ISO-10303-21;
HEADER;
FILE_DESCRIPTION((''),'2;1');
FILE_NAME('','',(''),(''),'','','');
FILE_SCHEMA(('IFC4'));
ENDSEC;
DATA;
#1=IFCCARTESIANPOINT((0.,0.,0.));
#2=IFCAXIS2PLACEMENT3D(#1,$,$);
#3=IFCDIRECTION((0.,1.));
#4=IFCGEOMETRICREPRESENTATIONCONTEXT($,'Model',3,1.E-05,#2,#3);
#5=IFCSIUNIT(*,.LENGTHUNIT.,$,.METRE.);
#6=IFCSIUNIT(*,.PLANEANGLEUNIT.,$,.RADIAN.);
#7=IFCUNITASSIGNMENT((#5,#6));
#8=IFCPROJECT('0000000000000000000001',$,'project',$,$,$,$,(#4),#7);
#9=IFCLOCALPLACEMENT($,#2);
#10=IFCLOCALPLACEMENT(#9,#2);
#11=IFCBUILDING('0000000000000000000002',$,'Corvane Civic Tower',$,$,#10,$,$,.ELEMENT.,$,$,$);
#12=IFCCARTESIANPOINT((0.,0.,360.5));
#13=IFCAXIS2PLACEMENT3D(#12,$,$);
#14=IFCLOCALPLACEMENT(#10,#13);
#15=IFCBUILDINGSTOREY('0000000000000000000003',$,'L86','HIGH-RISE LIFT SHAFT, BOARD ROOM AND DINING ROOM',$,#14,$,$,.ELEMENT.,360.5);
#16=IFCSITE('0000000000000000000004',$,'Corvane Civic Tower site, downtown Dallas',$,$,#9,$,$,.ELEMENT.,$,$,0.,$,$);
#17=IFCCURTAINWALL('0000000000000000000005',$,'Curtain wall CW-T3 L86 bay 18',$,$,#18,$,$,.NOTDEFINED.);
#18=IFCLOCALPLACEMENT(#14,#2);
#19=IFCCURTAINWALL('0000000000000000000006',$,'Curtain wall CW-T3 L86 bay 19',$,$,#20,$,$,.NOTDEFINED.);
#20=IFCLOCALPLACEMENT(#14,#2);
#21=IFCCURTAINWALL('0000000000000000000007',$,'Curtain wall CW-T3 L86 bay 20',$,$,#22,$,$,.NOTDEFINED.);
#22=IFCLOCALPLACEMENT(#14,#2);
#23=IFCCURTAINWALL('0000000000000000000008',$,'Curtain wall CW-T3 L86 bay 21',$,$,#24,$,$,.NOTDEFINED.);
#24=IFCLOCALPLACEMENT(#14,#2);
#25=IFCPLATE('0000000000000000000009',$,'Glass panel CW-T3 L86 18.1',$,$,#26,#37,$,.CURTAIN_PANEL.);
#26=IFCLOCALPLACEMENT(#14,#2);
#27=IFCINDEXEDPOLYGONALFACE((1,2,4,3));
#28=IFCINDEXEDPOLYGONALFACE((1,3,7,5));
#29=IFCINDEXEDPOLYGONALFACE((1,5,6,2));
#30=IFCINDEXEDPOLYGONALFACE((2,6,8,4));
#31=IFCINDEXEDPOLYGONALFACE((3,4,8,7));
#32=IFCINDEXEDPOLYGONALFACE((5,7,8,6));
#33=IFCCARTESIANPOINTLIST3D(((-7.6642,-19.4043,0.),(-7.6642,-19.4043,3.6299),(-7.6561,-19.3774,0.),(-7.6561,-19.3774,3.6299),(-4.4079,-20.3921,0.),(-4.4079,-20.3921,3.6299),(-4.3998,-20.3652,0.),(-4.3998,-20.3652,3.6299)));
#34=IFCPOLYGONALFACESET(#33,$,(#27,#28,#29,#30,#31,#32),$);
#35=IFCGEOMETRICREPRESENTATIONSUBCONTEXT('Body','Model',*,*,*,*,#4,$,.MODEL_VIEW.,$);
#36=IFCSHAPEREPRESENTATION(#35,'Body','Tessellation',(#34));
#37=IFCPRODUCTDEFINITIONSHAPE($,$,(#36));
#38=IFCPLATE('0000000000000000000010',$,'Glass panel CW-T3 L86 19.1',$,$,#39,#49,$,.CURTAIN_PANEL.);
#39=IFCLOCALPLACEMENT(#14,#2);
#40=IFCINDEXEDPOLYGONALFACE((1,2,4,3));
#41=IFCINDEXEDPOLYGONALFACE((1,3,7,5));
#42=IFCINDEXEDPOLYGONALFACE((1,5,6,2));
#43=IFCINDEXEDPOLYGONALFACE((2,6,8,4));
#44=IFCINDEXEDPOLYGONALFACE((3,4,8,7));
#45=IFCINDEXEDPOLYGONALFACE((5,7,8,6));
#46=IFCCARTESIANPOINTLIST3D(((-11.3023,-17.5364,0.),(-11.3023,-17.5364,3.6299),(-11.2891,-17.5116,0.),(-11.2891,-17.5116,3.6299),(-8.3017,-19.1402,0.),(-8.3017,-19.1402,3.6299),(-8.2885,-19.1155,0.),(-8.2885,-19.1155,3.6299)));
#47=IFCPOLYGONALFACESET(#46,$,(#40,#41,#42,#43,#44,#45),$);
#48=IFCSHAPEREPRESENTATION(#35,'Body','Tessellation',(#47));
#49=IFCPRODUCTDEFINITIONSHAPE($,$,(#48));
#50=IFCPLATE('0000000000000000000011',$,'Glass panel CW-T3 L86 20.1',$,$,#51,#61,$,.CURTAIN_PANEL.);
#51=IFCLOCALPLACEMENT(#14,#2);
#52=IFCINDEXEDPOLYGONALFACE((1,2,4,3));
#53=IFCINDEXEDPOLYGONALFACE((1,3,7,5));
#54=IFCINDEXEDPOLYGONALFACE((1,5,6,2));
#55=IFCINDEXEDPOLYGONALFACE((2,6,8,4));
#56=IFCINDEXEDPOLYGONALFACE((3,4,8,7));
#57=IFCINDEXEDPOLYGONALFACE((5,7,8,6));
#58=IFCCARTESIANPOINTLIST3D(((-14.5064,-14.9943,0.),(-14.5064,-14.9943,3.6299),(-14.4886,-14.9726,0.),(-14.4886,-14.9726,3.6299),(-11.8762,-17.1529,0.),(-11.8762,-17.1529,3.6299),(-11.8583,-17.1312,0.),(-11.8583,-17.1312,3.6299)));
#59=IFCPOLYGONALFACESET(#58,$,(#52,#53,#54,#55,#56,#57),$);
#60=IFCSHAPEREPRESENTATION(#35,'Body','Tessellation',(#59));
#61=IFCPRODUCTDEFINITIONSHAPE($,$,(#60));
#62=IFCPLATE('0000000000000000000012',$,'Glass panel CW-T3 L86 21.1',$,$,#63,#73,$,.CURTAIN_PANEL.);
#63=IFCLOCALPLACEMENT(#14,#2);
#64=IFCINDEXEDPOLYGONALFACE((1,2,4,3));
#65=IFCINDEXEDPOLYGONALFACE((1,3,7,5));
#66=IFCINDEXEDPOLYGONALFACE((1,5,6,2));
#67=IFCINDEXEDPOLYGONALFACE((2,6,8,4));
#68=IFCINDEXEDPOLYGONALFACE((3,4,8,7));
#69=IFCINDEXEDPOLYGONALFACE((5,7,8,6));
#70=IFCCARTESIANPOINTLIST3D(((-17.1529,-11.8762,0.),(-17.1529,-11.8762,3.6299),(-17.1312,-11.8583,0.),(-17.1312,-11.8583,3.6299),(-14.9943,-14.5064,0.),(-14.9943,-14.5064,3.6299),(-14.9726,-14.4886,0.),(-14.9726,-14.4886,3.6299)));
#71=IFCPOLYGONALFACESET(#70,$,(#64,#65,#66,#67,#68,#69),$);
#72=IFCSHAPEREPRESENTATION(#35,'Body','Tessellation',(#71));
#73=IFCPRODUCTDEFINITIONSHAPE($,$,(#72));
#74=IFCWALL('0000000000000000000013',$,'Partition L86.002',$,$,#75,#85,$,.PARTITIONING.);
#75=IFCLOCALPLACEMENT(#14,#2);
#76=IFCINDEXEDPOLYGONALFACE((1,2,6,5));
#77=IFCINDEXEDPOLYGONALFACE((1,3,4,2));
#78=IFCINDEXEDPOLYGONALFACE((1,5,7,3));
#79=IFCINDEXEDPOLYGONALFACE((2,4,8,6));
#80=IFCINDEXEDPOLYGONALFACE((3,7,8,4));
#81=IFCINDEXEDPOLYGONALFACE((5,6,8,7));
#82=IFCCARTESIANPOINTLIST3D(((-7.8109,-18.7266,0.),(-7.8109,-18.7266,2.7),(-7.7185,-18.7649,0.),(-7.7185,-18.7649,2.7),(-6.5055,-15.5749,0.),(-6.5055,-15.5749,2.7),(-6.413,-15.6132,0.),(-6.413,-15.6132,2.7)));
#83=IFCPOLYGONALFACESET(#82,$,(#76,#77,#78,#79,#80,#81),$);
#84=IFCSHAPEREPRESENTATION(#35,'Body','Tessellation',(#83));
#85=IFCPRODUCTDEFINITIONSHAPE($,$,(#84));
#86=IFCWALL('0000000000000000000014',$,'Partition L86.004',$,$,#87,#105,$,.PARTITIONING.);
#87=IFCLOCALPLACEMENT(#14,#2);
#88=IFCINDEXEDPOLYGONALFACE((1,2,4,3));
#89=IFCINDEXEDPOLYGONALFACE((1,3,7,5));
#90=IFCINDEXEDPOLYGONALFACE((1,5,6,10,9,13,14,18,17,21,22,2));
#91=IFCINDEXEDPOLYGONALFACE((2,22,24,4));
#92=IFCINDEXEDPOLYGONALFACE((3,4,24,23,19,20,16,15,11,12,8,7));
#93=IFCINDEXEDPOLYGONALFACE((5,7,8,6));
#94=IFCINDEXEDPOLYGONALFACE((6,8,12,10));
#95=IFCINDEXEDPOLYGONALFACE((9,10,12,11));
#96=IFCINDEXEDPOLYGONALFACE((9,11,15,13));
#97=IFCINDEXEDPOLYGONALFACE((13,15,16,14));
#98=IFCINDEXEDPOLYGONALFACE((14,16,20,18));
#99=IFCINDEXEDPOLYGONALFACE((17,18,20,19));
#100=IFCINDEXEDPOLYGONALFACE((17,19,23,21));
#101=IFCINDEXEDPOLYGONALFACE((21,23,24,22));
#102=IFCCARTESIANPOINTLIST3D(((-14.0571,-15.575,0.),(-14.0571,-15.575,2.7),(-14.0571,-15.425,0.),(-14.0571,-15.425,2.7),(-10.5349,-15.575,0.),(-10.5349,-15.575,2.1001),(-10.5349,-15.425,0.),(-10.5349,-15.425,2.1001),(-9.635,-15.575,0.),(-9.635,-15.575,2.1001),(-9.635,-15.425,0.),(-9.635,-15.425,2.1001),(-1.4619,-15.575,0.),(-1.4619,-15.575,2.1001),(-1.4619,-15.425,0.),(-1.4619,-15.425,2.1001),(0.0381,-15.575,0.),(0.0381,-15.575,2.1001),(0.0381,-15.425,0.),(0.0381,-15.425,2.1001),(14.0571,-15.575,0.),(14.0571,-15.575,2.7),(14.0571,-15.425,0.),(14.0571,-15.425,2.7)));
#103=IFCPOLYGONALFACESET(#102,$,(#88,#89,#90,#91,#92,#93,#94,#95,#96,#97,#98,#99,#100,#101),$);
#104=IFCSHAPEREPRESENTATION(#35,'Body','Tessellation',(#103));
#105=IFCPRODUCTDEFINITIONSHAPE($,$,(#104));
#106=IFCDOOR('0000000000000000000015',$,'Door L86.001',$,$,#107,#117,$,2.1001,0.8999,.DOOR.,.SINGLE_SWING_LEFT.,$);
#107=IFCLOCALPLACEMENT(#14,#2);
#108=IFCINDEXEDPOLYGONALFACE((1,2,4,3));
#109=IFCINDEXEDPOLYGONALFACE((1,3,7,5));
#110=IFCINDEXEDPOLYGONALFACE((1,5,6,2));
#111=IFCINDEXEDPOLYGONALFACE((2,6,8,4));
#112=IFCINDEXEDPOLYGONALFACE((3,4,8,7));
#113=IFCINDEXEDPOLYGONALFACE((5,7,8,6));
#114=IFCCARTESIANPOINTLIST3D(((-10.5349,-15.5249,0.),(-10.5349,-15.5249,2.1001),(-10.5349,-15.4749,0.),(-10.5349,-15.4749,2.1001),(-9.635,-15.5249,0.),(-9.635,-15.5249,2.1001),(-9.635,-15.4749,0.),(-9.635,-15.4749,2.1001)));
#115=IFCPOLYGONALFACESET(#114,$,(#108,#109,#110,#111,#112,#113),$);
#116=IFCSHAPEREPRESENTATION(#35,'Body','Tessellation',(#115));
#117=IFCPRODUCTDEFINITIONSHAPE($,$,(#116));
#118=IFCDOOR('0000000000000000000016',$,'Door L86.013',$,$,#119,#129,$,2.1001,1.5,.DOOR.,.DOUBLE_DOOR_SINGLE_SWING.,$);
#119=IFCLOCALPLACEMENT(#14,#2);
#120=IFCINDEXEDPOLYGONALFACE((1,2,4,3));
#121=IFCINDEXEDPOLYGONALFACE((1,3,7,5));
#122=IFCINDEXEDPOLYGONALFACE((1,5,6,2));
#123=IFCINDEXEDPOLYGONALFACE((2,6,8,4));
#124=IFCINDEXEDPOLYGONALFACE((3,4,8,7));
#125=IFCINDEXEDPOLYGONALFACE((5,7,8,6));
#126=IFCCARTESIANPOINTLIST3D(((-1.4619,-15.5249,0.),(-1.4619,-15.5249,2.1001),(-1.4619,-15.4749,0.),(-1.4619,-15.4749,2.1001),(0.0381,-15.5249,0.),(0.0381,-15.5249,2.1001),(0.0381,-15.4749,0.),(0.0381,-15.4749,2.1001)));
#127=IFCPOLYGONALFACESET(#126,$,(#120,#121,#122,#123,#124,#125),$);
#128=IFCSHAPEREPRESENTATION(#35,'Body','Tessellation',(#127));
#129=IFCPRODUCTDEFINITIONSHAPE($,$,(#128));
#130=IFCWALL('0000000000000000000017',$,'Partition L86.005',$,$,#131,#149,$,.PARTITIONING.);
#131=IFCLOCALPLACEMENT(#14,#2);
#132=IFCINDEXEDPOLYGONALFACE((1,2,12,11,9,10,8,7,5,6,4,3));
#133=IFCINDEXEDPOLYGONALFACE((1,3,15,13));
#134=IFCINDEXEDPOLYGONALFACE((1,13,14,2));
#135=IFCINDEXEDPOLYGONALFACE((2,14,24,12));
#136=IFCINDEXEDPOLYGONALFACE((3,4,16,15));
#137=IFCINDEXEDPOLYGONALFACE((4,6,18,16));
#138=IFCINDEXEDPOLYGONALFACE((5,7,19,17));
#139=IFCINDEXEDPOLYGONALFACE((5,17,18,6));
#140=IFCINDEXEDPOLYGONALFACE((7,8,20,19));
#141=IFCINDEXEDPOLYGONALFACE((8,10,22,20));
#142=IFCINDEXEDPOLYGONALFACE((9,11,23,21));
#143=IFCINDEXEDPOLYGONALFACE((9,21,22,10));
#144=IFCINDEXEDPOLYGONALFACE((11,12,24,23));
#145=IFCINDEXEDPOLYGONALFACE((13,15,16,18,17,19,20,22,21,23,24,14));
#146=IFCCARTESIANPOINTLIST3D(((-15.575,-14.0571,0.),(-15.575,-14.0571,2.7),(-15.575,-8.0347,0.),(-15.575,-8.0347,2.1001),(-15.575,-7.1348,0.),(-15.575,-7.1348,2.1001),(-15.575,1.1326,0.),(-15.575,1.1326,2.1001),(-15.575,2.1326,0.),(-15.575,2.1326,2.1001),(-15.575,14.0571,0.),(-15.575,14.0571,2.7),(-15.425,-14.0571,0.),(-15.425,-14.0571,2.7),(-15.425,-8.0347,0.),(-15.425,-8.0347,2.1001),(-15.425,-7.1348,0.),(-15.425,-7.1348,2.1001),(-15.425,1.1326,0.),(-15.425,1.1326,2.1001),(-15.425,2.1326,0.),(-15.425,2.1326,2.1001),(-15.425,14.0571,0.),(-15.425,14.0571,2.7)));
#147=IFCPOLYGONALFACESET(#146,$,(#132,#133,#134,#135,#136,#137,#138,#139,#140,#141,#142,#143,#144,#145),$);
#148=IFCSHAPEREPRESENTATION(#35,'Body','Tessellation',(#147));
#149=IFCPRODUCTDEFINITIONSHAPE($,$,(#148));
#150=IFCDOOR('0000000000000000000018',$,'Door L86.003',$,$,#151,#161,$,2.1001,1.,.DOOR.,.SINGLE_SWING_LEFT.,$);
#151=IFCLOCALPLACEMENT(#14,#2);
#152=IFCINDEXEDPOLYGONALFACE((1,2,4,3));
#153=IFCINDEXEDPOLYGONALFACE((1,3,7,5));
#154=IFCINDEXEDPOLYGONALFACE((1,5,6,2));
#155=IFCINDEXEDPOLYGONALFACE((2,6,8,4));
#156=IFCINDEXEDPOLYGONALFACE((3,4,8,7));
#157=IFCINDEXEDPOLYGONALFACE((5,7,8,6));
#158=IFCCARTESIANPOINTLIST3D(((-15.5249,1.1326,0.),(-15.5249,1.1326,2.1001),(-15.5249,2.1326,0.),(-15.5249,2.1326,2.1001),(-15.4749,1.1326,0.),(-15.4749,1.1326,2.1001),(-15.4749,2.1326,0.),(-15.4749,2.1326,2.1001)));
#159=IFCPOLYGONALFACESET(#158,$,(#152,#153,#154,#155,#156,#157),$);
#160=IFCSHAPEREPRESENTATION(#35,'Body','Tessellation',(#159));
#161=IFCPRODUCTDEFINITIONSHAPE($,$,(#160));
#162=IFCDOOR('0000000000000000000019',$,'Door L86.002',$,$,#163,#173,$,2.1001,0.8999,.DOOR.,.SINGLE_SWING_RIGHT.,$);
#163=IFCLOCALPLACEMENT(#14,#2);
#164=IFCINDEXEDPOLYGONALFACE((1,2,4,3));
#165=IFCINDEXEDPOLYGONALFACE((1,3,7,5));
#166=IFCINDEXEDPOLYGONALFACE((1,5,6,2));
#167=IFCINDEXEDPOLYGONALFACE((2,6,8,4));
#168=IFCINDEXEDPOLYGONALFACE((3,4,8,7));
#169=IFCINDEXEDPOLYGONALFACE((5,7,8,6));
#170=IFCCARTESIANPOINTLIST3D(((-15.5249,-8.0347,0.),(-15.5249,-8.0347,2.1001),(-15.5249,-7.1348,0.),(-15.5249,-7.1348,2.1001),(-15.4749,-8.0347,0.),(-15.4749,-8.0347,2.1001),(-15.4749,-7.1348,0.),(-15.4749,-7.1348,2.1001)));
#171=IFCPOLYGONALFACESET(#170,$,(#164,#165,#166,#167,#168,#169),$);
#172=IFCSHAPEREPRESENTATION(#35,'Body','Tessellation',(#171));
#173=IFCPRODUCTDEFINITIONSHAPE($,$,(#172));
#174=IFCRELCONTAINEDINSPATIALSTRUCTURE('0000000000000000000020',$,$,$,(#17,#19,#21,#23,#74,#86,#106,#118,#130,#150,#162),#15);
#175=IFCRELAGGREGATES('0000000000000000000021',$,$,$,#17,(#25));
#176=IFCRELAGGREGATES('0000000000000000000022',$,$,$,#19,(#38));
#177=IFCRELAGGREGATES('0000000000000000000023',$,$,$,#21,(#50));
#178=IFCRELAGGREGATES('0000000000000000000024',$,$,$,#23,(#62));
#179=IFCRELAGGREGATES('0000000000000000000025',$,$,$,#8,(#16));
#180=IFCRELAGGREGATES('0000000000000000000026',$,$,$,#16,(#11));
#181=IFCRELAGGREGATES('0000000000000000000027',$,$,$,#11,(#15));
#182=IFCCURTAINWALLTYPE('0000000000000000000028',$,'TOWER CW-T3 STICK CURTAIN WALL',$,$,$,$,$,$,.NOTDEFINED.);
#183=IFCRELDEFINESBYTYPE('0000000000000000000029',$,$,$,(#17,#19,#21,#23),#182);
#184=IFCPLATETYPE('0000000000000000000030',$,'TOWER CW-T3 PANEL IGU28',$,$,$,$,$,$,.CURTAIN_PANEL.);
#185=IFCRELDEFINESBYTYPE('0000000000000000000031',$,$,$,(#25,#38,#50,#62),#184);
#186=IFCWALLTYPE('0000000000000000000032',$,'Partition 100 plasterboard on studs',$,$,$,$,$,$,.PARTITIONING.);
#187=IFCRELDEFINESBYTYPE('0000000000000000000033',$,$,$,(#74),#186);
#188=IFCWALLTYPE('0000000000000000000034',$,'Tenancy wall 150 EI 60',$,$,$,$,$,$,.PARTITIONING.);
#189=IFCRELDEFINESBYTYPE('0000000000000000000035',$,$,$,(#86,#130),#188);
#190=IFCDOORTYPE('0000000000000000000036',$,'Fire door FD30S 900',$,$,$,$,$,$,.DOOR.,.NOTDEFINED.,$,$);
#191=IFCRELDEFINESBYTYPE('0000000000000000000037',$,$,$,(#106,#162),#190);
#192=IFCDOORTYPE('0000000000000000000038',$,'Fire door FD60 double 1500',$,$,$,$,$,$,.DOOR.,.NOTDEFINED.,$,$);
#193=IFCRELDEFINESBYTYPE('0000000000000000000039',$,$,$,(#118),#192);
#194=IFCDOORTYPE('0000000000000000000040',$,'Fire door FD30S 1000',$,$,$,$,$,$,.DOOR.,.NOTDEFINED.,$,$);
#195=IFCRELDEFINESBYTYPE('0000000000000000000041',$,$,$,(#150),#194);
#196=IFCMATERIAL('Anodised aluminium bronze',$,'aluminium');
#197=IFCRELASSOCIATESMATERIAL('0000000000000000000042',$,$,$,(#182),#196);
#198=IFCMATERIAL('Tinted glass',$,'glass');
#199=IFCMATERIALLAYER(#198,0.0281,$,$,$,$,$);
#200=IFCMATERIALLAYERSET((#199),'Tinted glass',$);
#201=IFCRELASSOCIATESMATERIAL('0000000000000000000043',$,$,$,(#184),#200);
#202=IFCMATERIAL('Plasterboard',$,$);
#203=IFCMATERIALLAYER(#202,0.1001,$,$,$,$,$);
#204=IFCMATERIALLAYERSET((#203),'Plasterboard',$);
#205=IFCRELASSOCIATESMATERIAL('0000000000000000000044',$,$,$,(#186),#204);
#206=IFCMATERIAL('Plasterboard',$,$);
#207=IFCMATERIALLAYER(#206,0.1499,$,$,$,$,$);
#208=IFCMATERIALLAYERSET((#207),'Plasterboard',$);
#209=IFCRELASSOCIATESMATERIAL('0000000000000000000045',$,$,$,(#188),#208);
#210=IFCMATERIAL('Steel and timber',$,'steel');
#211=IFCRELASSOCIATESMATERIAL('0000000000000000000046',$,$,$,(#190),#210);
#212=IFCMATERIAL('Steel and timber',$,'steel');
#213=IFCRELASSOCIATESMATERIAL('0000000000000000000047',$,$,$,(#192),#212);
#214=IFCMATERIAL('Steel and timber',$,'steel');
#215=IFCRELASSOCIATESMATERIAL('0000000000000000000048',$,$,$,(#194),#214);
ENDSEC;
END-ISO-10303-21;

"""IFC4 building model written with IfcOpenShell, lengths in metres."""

from ifc_helpers import new_model, si_unit, direction, frame, frame_2d, origin, origin_2d, place, context, subcontext, project, spatial, rectangle, extrude, material, layer, layer_set, type_object, element, fill, aggregate, save


model = new_model("IFC4")

# Units and contexts
model_context = context("Model", 3, precision=1e-05, world=origin(), true_north=direction((0.0, 1.0)))
body_context = subcontext(model_context, "Body", "Model", "MODEL_VIEW")
ifc_project = project(units=[si_unit("LENGTHUNIT", "METRE"), si_unit("PLANEANGLEUNIT", "RADIAN")], contexts=[model_context])

# Site, building, storey
site_placement = place(None, origin())
site = spatial("IfcSite", under=ifc_project, at=site_placement, Name="Corvane Civic Tower site, downtown Dallas", CompositionType="ELEMENT", RefElevation=0.0)
building_placement = place(site_placement, origin())
building = spatial("IfcBuilding", under=site, at=building_placement, Name="Corvane Civic Tower", CompositionType="ELEMENT")
storey_placement = place(building_placement, frame((0.0, 0.0, 360.5)))
storey = spatial("IfcBuildingStorey", under=building, at=storey_placement, Name="L86", Description="HIGH-RISE LIFT SHAFT, BOARD ROOM AND DINING ROOM", CompositionType="ELEMENT", Elevation=360.5)

# Curtain walls
ifc_material_1 = material(Name="Anodised aluminium bronze", Category="aluminium")
curtain_wall_type = type_object("IfcCurtainWallType", Name="TOWER CW-T3 STICK CURTAIN WALL", PredefinedType="NOTDEFINED", material=ifc_material_1)
curtain_wall_1_placement = place(storey_placement, origin())
curtain_wall_1 = element("IfcCurtainWall", 1, at=curtain_wall_1_placement, inside=storey, type_object=curtain_wall_type, Name="Curtain wall CW-T3 L86 bay 18", PredefinedType="NOTDEFINED")
curtain_wall_2_placement = place(storey_placement, origin())
curtain_wall_2 = element("IfcCurtainWall", 2, at=curtain_wall_2_placement, inside=storey, type_object=curtain_wall_type, Name="Curtain wall CW-T3 L86 bay 19", PredefinedType="NOTDEFINED")
curtain_wall_3_placement = place(storey_placement, origin())
curtain_wall_3 = element("IfcCurtainWall", 3, at=curtain_wall_3_placement, inside=storey, type_object=curtain_wall_type, Name="Curtain wall CW-T3 L86 bay 20", PredefinedType="NOTDEFINED")
curtain_wall_4_placement = place(storey_placement, origin())
curtain_wall_4 = element("IfcCurtainWall", 4, at=curtain_wall_4_placement, inside=storey, type_object=curtain_wall_type, Name="Curtain wall CW-T3 L86 bay 21", PredefinedType="NOTDEFINED")

# Plates
ifc_material_2 = material(Name="Tinted glass", Category="glass")
ifc_layer_1 = layer(ifc_material_2, 0.0281)
ifc_layer_set_1 = layer_set([ifc_layer_1], Name="Tinted glass")
plate_type = type_object("IfcPlateType", Name="TOWER CW-T3 PANEL IGU28", PredefinedType="CURTAIN_PANEL", material=ifc_layer_set_1)
plate_1_placement = place(storey_placement, frame((-6.032, -19.8848, 0.0), z_axis=(0.0, 0.0, 1.0), x_axis=(-0.956939, 0.29029, 0.0)))
plate_1 = element("IfcPlate", 5, at=plate_1_placement, type_object=plate_type, Name="Glass panel CW-T3 L86 18.1", PredefinedType="CURTAIN_PANEL", context=body_context, shape_type="SweptSolid", body=[
    extrude(rectangle(XDim=3.4028, YDim=0.0281, at=origin_2d()), origin(), (0.0, 0.0, 1.0), 3.6299),
])
aggregate(curtain_wall_1, [plate_1])
plate_2_placement = place(storey_placement, frame((-9.7954, -18.3259, 0.0), z_axis=(0.0, 0.0, 1.0), x_axis=(-0.881928, 0.471384, 0.0)))
plate_2 = element("IfcPlate", 6, at=plate_2_placement, type_object=plate_type, Name="Glass panel CW-T3 L86 19.1", PredefinedType="CURTAIN_PANEL", context=body_context, shape_type="SweptSolid", body=[
    extrude(rectangle(XDim=3.4023, YDim=0.0281, at=origin_2d()), origin(), (0.0, 0.0, 1.0), 3.6299),
])
aggregate(curtain_wall_2, [plate_2])
plate_3_placement = place(storey_placement, frame((-13.1824, -16.0627, 0.0), z_axis=(0.0, 0.0, 1.0), x_axis=(-0.77301, 0.634393, 0.0)))
plate_3 = element("IfcPlate", 7, at=plate_3_placement, type_object=plate_type, Name="Glass panel CW-T3 L86 20.1", PredefinedType="CURTAIN_PANEL", context=body_context, shape_type="SweptSolid", body=[
    extrude(rectangle(XDim=3.4026, YDim=0.0281, at=origin_2d()), origin(), (0.0, 0.0, 1.0), 3.6299),
])
aggregate(curtain_wall_3, [plate_3])
plate_4_placement = place(storey_placement, frame((-16.0627, -13.1824, 0.0), z_axis=(0.0, 0.0, 1.0), x_axis=(-0.634393, 0.77301, 0.0)))
plate_4 = element("IfcPlate", 8, at=plate_4_placement, type_object=plate_type, Name="Glass panel CW-T3 L86 21.1", PredefinedType="CURTAIN_PANEL", context=body_context, shape_type="SweptSolid", body=[
    extrude(rectangle(XDim=3.4026, YDim=0.0281, at=origin_2d()), origin(), (0.0, 0.0, 1.0), 3.6299),
])
aggregate(curtain_wall_4, [plate_4])

# Wall
ifc_material_3 = material(Name="Plasterboard")
ifc_layer_2 = layer(ifc_material_3, 0.1001)
ifc_layer_set_2 = layer_set([ifc_layer_2], Name="Plasterboard")
wall_type_1 = type_object("IfcWallType", Name="Partition 100 plasterboard on studs", PredefinedType="PARTITIONING", material=ifc_layer_set_2)
wall_1_placement = place(storey_placement, frame((-7.7646, -18.7456, 0.0), z_axis=(0.0, 0.0, 1.0), x_axis=(0.382678, 0.923882, 0.0)))
element("IfcWall", 9, at=wall_1_placement, inside=storey, type_object=wall_type_1, Name="Partition L86.002", PredefinedType="PARTITIONING", context=body_context, shape_type="SweptSolid", body=[
    extrude(rectangle(XDim=3.4114, YDim=0.1001, at=frame_2d((1.7056, 0.0))), origin(), (0.0, 0.0, 1.0), 2.7),
])

# Walls, openings, doors
ifc_material_4 = material(Name="Plasterboard")
ifc_layer_3 = layer(ifc_material_4, 0.1499)
ifc_layer_set_3 = layer_set([ifc_layer_3], Name="Plasterboard")
wall_type_2 = type_object("IfcWallType", Name="Tenancy wall 150 EI 60", PredefinedType="PARTITIONING", material=ifc_layer_set_3)
wall_2_placement = place(storey_placement, frame((-14.0571, -15.5, 0.0), z_axis=(0.0, 0.0, 1.0), x_axis=(1.0, 0.0, 0.0)))
wall_2 = element("IfcWall", 10, at=wall_2_placement, inside=storey, type_object=wall_type_2, Name="Partition L86.004", PredefinedType="PARTITIONING", context=body_context, shape_type="SweptSolid", body=[
    extrude(rectangle(XDim=28.1143, YDim=0.1499, at=frame_2d((14.0571, 0.0))), origin(), (0.0, 0.0, 1.0), 2.7),
])
opening_1_placement = place(wall_2_placement, frame((3.5222, 0.0, 0.0)))
opening_1 = element("IfcOpeningElement", 11, at=opening_1_placement, cuts=wall_2, PredefinedType="OPENING", context=body_context, shape_type="SweptSolid", body=[
    extrude(rectangle(XDim=0.8999, YDim=2.1001, at=frame_2d((0.45, 1.05))), frame((0.0, 0.085, 0.0), z_axis=(0.0, -1.0, 0.0), x_axis=(1.0, 0.0, 0.0)), (0.0, 0.0, 1.0), 0.1699),
])
opening_2_placement = place(wall_2_placement, frame((12.5952, 0.0, 0.0)))
opening_2 = element("IfcOpeningElement", 12, at=opening_2_placement, cuts=wall_2, PredefinedType="OPENING", context=body_context, shape_type="SweptSolid", body=[
    extrude(rectangle(XDim=1.5, YDim=2.1001, at=frame_2d((0.75, 1.05))), frame((0.0, 0.085, 0.0), z_axis=(0.0, -1.0, 0.0), x_axis=(1.0, 0.0, 0.0)), (0.0, 0.0, 1.0), 0.1699),
])
ifc_material_5 = material(Name="Steel and timber", Category="steel")
door_type_1 = type_object("IfcDoorType", Name="Fire door FD30S 900", OperationType="NOTDEFINED", PredefinedType="DOOR", material=ifc_material_5)
door_1_placement = place(opening_1_placement, frame((0.8999, 0.0, 0.0), z_axis=(0.0, 0.0, 1.0), x_axis=(-1.0, 0.0, 0.0)))
door_1 = element("IfcDoor", 13, at=door_1_placement, inside=storey, type_object=door_type_1, Name="Door L86.001", OperationType="SINGLE_SWING_LEFT", OverallHeight=2.1001, OverallWidth=0.8999, PredefinedType="DOOR", context=body_context, shape_type="SweptSolid", body=[
    extrude(rectangle(XDim=0.8999, YDim=2.1001, at=frame_2d((0.45, 1.05))), frame((0.0, 0.0249, 0.0), z_axis=(0.0, -1.0, 0.0), x_axis=(1.0, 0.0, 0.0)), (0.0, 0.0, 1.0), 0.05),
])
fill(opening_1, door_1)
ifc_material_6 = material(Name="Steel and timber", Category="steel")
door_type_2 = type_object("IfcDoorType", Name="Fire door FD60 double 1500", OperationType="NOTDEFINED", PredefinedType="DOOR", material=ifc_material_6)
door_2_placement = place(opening_2_placement, frame((1.5, 0.0, 0.0), z_axis=(0.0, 0.0, 1.0), x_axis=(-1.0, 0.0, 0.0)))
door_2 = element("IfcDoor", 14, at=door_2_placement, inside=storey, type_object=door_type_2, Name="Door L86.013", OperationType="DOUBLE_DOOR_SINGLE_SWING", OverallHeight=2.1001, OverallWidth=1.5, PredefinedType="DOOR", context=body_context, shape_type="SweptSolid", body=[
    extrude(rectangle(XDim=1.5, YDim=2.1001, at=frame_2d((0.75, 1.05))), frame((0.0, 0.0249, 0.0), z_axis=(0.0, -1.0, 0.0), x_axis=(1.0, 0.0, 0.0)), (0.0, 0.0, 1.0), 0.05),
])
fill(opening_2, door_2)
wall_3_placement = place(storey_placement, frame((-15.5, -14.0571, 0.0), z_axis=(0.0, 0.0, 1.0), x_axis=(0.0, 1.0, 0.0)))
wall_3 = element("IfcWall", 15, at=wall_3_placement, inside=storey, type_object=wall_type_2, Name="Partition L86.005", PredefinedType="PARTITIONING", context=body_context, shape_type="SweptSolid", body=[
    extrude(rectangle(XDim=28.1143, YDim=0.1499, at=frame_2d((14.0571, 0.0))), origin(), (0.0, 0.0, 1.0), 2.7),
])
opening_3_placement = place(wall_3_placement, frame((6.0225, 0.0, 0.0)))
opening_3 = element("IfcOpeningElement", 16, at=opening_3_placement, cuts=wall_3, PredefinedType="OPENING", context=body_context, shape_type="SweptSolid", body=[
    extrude(rectangle(XDim=0.8999, YDim=2.1001, at=frame_2d((0.45, 1.05))), frame((0.0, 0.085, 0.0), z_axis=(0.0, -1.0, 0.0), x_axis=(1.0, 0.0, 0.0)), (0.0, 0.0, 1.0), 0.1699),
])
opening_4_placement = place(wall_3_placement, frame((15.1897, 0.0, 0.0)))
opening_4 = element("IfcOpeningElement", 17, at=opening_4_placement, cuts=wall_3, PredefinedType="OPENING", context=body_context, shape_type="SweptSolid", body=[
    extrude(rectangle(XDim=1.0, YDim=2.1001, at=frame_2d((0.5, 1.05))), frame((0.0, 0.085, 0.0), z_axis=(0.0, -1.0, 0.0), x_axis=(1.0, 0.0, 0.0)), (0.0, 0.0, 1.0), 0.1699),
])
ifc_material_7 = material(Name="Steel and timber", Category="steel")
door_type_3 = type_object("IfcDoorType", Name="Fire door FD30S 1000", OperationType="NOTDEFINED", PredefinedType="DOOR", material=ifc_material_7)
door_3_placement = place(opening_4_placement, origin())
door_3 = element("IfcDoor", 18, at=door_3_placement, inside=storey, type_object=door_type_3, Name="Door L86.003", OperationType="SINGLE_SWING_LEFT", OverallHeight=2.1001, OverallWidth=1.0, PredefinedType="DOOR", context=body_context, shape_type="SweptSolid", body=[
    extrude(rectangle(XDim=1.0, YDim=2.1001, at=frame_2d((0.5, 1.05))), frame((0.0, 0.0249, 0.0), z_axis=(0.0, -1.0, 0.0), x_axis=(1.0, 0.0, 0.0)), (0.0, 0.0, 1.0), 0.05),
])
fill(opening_4, door_3)
door_4_placement = place(opening_3_placement, origin())
door_4 = element("IfcDoor", 19, at=door_4_placement, inside=storey, type_object=door_type_1, Name="Door L86.002", OperationType="SINGLE_SWING_RIGHT", OverallHeight=2.1001, OverallWidth=0.8999, PredefinedType="DOOR", context=body_context, shape_type="SweptSolid", body=[
    extrude(rectangle(XDim=0.8999, YDim=2.1001, at=frame_2d((0.45, 1.05))), frame((0.0, 0.0249, 0.0), z_axis=(0.0, -1.0, 0.0), x_axis=(1.0, 0.0, 0.0)), (0.0, 0.0, 1.0), 0.05),
])
fill(opening_3, door_4)

save(model, "model.ifc")
